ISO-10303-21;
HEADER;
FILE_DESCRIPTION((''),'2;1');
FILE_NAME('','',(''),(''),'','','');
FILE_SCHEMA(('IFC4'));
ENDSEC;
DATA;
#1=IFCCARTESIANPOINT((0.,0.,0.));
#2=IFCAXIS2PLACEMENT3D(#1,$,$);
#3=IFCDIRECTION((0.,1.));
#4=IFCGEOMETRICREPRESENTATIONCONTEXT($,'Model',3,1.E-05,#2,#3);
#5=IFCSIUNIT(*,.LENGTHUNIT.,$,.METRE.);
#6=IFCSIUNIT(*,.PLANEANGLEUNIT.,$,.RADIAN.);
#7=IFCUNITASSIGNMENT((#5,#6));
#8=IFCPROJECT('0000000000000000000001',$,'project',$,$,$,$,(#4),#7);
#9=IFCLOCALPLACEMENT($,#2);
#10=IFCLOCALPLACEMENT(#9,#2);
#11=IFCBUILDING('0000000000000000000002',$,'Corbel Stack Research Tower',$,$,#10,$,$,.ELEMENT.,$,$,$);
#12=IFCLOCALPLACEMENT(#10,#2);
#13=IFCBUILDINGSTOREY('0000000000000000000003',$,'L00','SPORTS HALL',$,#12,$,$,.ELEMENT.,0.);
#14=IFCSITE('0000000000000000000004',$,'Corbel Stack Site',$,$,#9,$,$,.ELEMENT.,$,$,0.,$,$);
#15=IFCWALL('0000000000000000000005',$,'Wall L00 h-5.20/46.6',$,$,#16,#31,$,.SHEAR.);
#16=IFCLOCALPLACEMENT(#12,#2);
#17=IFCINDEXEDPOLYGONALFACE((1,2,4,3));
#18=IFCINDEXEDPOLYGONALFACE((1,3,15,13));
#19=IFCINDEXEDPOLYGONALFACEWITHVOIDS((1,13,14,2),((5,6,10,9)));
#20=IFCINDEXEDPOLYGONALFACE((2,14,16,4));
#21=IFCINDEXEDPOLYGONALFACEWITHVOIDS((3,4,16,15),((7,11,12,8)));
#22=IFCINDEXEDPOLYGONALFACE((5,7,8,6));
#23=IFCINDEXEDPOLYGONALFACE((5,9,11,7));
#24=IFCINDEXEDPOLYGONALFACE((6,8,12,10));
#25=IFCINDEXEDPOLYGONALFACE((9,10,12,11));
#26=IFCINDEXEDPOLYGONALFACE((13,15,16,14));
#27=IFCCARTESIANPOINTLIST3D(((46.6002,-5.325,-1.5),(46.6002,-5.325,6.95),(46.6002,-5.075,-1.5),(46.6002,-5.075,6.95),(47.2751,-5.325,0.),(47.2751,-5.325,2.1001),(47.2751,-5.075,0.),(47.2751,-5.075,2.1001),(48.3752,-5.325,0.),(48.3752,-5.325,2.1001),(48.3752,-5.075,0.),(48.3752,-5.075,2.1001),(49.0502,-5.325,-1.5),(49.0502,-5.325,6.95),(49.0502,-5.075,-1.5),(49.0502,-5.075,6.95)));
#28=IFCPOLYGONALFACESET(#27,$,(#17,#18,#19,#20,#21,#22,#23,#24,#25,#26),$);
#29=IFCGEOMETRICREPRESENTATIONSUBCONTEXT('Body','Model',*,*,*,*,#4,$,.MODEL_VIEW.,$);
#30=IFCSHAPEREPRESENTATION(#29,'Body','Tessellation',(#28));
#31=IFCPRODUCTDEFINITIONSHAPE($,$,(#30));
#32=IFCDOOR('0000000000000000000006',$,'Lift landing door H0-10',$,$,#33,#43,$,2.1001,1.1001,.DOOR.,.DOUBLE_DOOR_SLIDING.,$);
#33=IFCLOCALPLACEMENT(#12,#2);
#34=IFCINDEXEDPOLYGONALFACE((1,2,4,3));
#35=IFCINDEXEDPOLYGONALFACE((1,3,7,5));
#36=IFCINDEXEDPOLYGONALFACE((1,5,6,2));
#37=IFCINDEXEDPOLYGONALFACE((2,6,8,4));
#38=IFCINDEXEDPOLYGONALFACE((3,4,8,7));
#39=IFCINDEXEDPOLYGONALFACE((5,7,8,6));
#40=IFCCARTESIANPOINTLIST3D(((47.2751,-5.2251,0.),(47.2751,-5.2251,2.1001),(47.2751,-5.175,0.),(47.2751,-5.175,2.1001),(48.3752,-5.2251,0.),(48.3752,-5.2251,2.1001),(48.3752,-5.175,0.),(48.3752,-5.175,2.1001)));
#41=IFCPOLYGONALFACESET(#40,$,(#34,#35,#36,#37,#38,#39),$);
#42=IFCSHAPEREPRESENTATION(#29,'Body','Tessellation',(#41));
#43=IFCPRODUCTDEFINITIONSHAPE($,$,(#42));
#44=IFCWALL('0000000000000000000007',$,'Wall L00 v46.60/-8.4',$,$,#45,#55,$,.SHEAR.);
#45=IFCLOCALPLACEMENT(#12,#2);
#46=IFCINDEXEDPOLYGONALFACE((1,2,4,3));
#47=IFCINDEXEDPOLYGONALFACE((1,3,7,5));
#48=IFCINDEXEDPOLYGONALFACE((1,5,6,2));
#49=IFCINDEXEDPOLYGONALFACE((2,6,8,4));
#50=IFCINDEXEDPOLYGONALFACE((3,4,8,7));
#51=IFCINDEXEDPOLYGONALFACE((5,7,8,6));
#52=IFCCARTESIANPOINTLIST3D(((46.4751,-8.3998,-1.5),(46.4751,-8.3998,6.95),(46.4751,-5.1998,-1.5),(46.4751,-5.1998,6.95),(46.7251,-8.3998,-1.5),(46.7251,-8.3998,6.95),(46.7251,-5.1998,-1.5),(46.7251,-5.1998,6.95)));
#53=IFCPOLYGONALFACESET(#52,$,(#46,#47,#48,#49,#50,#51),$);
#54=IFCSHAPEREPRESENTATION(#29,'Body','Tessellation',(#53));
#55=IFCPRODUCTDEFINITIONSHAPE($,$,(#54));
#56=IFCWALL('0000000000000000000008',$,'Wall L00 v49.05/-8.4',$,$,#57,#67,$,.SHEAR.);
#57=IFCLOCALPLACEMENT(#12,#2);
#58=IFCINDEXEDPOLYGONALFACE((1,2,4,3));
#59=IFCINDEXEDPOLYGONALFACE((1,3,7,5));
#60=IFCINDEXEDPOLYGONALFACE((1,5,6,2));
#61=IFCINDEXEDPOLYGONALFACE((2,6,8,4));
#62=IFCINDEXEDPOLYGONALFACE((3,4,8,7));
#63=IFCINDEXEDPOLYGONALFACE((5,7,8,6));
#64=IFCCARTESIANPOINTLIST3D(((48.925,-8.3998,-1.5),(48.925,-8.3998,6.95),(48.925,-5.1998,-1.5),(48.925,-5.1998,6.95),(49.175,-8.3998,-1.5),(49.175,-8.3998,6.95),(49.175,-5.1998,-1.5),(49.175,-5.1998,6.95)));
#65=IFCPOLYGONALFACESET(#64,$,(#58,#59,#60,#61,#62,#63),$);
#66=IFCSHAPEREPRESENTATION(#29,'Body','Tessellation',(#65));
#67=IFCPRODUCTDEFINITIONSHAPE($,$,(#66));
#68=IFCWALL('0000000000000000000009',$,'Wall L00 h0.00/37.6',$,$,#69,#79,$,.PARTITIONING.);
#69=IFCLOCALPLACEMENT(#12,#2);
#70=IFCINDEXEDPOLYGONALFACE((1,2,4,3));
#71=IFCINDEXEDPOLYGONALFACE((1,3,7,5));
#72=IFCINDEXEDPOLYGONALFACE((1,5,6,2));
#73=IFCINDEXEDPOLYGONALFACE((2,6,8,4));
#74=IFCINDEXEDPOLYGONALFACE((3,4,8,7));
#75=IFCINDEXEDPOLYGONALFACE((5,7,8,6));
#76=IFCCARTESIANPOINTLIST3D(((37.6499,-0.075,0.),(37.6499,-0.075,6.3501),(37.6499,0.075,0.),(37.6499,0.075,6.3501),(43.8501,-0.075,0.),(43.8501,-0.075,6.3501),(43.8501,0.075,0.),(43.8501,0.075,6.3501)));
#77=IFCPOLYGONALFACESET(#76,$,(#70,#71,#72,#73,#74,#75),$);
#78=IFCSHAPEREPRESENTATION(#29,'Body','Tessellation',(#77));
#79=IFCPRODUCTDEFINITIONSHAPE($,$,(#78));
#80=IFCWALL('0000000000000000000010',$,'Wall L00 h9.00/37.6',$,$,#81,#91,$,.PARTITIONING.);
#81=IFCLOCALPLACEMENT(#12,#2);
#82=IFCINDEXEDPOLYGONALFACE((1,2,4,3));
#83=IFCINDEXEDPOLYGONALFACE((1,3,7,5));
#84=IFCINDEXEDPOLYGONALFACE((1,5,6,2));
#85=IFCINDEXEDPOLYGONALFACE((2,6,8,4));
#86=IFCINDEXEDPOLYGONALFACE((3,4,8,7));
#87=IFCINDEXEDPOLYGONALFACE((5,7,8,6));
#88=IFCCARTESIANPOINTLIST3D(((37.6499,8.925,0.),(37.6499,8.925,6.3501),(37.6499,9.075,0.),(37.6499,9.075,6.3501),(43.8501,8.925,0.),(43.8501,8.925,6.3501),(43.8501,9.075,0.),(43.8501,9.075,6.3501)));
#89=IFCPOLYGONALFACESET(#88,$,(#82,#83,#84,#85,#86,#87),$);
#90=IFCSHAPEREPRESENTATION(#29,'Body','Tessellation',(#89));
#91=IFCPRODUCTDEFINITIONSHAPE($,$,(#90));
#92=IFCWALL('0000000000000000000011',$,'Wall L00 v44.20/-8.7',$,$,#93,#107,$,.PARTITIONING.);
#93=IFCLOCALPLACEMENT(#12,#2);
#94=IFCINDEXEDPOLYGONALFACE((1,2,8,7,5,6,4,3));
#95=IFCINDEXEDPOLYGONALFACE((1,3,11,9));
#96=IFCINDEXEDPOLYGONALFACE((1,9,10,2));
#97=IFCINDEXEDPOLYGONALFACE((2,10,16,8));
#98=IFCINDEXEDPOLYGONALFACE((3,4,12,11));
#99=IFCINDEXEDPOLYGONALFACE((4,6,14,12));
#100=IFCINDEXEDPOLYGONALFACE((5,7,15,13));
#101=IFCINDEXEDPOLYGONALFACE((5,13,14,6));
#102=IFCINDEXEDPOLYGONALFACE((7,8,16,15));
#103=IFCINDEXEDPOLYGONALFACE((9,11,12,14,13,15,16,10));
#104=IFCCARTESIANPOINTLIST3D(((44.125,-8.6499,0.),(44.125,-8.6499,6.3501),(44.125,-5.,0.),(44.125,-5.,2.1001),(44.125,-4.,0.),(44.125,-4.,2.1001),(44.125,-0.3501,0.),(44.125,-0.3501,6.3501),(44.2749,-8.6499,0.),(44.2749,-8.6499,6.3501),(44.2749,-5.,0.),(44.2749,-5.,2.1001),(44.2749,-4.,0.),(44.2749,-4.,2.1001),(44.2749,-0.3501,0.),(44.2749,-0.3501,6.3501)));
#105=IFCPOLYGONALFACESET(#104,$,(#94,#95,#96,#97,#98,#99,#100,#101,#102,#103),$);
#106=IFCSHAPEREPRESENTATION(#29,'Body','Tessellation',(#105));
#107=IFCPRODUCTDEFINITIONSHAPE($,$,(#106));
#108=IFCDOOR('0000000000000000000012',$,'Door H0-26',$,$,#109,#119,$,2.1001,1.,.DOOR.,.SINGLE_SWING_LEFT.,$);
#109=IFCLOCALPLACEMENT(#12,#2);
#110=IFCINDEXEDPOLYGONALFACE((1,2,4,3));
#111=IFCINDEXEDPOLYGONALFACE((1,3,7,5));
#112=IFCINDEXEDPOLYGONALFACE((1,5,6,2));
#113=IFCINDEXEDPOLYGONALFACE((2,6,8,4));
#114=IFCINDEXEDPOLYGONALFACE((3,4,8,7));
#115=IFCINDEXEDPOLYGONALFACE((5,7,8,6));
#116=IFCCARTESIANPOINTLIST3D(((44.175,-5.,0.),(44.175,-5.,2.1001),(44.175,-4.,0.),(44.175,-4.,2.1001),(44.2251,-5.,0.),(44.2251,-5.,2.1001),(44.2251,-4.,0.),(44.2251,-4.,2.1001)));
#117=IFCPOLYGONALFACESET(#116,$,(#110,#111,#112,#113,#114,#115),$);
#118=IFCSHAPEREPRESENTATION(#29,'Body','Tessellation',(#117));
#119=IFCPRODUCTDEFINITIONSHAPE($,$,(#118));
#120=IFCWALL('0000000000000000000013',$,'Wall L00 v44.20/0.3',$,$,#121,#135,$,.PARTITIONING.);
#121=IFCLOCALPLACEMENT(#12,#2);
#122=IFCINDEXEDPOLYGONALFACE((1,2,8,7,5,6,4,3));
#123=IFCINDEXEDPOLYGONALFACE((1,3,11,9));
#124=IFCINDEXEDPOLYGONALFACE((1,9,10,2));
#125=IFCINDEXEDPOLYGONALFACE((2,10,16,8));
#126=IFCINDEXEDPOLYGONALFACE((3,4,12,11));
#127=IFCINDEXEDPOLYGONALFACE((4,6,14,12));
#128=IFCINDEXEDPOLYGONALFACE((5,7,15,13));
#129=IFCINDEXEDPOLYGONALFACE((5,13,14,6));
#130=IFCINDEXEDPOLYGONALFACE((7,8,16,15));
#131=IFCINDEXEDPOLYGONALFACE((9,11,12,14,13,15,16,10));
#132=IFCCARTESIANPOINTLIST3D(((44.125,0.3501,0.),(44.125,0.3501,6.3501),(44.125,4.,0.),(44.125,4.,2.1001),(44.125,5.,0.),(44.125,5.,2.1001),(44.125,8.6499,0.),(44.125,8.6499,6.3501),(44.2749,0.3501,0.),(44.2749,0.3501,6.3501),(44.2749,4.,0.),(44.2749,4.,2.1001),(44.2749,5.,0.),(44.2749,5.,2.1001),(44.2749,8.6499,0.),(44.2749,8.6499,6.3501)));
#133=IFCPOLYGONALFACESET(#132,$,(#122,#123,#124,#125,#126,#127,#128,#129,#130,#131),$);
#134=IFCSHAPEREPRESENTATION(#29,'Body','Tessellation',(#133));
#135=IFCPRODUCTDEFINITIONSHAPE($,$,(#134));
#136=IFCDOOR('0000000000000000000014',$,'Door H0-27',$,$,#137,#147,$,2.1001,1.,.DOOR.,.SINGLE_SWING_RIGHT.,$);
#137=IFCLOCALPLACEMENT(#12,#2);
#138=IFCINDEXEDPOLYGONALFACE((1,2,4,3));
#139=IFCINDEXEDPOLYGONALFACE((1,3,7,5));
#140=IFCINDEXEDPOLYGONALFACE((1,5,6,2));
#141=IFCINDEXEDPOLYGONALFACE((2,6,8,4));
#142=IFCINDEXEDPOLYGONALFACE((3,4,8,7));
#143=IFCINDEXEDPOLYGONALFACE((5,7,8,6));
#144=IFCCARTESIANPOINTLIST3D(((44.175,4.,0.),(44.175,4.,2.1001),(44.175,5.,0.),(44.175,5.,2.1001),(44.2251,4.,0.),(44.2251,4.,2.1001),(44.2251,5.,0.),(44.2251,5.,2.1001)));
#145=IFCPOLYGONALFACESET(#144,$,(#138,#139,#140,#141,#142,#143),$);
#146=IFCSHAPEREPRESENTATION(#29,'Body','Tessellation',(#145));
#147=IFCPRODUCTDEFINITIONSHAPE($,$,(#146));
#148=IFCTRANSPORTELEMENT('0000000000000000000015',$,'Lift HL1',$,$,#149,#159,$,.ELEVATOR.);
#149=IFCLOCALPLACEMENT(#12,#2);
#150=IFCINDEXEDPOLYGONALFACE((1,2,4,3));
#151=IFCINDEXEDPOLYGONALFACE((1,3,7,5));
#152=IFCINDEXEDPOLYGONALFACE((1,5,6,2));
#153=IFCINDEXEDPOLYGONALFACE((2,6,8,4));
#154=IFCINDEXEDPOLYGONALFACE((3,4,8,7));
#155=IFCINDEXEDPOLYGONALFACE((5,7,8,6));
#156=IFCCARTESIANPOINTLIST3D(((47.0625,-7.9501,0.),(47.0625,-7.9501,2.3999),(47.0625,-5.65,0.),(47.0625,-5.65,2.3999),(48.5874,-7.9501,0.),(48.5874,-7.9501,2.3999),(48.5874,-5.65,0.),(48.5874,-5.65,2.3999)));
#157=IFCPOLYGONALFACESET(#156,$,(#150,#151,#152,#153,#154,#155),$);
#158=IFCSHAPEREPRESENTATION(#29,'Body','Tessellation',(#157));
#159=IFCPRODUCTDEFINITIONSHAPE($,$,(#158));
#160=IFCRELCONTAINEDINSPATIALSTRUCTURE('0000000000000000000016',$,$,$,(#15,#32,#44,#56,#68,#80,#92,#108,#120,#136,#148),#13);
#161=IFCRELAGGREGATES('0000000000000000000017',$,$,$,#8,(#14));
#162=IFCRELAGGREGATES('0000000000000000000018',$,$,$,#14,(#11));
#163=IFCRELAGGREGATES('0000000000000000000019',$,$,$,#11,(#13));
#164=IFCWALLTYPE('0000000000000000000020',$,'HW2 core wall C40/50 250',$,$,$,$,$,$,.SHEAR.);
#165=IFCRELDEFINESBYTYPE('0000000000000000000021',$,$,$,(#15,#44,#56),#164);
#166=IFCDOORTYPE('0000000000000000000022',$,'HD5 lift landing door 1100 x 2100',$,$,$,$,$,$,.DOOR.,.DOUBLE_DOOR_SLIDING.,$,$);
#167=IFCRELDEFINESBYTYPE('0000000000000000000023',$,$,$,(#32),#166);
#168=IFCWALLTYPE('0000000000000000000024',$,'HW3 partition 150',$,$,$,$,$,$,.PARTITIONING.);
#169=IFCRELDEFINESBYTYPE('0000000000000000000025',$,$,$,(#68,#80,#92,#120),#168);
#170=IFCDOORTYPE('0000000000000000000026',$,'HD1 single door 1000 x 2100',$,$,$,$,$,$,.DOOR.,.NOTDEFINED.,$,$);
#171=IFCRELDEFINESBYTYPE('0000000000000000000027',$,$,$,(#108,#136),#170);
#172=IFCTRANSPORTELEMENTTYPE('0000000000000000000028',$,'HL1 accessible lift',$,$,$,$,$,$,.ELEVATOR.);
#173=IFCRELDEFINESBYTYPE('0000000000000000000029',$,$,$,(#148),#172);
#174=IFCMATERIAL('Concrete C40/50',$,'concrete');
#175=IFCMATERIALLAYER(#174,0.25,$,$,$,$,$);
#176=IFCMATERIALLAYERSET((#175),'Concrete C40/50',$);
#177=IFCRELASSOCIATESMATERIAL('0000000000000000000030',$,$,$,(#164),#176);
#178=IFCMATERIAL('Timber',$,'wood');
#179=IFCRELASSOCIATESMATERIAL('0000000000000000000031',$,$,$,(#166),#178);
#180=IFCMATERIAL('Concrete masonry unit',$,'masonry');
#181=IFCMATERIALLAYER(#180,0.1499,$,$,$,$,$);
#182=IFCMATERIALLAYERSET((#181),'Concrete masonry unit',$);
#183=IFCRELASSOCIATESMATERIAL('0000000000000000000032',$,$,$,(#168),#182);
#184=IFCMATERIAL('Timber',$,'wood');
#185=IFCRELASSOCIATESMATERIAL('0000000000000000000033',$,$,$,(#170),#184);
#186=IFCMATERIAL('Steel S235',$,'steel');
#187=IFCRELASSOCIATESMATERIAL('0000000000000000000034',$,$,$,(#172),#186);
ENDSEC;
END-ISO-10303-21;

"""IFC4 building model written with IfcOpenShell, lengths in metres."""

from ifc_helpers import new_model, si_unit, direction, frame, frame_2d, origin, origin_2d, place, context, subcontext, project, spatial, rectangle, extrude, material, layer, layer_set, type_object, element, fill, save


model = new_model("IFC4")

# Units and contexts
model_context = context("Model", 3, precision=1e-05, world=origin(), true_north=direction((0.0, 1.0)))
body_context = subcontext(model_context, "Body", "Model", "MODEL_VIEW")
ifc_project = project(units=[si_unit("LENGTHUNIT", "METRE"), si_unit("PLANEANGLEUNIT", "RADIAN")], contexts=[model_context])

# Site, building, storey
site_placement = place(None, origin())
site = spatial("IfcSite", under=ifc_project, at=site_placement, Name="Corbel Stack Site", CompositionType="ELEMENT", RefElevation=0.0)
building_placement = place(site_placement, origin())
building = spatial("IfcBuilding", under=site, at=building_placement, Name="Corbel Stack Research Tower", CompositionType="ELEMENT")
storey_placement = place(building_placement, origin())
storey = spatial("IfcBuildingStorey", under=building, at=storey_placement, Name="L00", Description="SPORTS HALL", CompositionType="ELEMENT", Elevation=0.0)

# Shared definitions
ifc_material_1 = material(Name="Concrete C40/50", Category="concrete")
ifc_layer_1 = layer(ifc_material_1, 0.25)
ifc_layer_set_1 = layer_set([ifc_layer_1], Name="Concrete C40/50")
wall_type_1 = type_object("IfcWallType", Name="HW2 core wall C40/50 250", PredefinedType="SHEAR", material=ifc_layer_set_1)

# Wall, opening, door
wall_1_placement = place(storey_placement, frame((46.6001, -5.2, -1.5), z_axis=(0.0, 0.0, 1.0), x_axis=(1.0, 0.0, 0.0)))
wall_1 = element("IfcWall", 1, at=wall_1_placement, inside=storey, type_object=wall_type_1, Name="Wall L00 h-5.20/46.6", PredefinedType="SHEAR", context=body_context, shape_type="SweptSolid", body=[
    extrude(rectangle(XDim=2.45, YDim=0.25, at=frame_2d((1.2251, 0.0))), origin(), (0.0, 0.0, 1.0), 8.45),
])
opening_1_placement = place(wall_1_placement, frame((0.675, 0.0, 1.5)))
opening_1 = element("IfcOpeningElement", 2, at=opening_1_placement, cuts=wall_1, PredefinedType="OPENING", context=body_context, shape_type="SweptSolid", body=[
    extrude(rectangle(XDim=1.1001, YDim=2.1001, at=frame_2d((0.55, 1.05))), frame((0.0, 0.135, 0.0), z_axis=(0.0, -1.0, 0.0), x_axis=(1.0, 0.0, 0.0)), (0.0, 0.0, 1.0), 0.27),
])
ifc_material_2 = material(Name="Timber", Category="wood")
door_type_1 = type_object("IfcDoorType", Name="HD5 lift landing door 1100 x 2100", OperationType="DOUBLE_DOOR_SLIDING", PredefinedType="DOOR", material=ifc_material_2)
door_1_placement = place(opening_1_placement, origin())
door_1 = element("IfcDoor", 3, at=door_1_placement, inside=storey, type_object=door_type_1, Name="Lift landing door H0-10", OperationType="DOUBLE_DOOR_SLIDING", OverallHeight=2.1001, OverallWidth=1.1001, PredefinedType="DOOR", context=body_context, shape_type="SweptSolid", body=[
    extrude(rectangle(XDim=1.1001, YDim=2.1001, at=frame_2d((0.55, 1.05))), frame((0.0, 0.0249, 0.0), z_axis=(0.0, -1.0, 0.0), x_axis=(1.0, 0.0, 0.0)), (0.0, 0.0, 1.0), 0.05),
])
fill(opening_1, door_1)

# Walls
for number, where, z_axis, x_axis, name in (
    (4, (46.6001, -8.3999, -1.5), (0.0, 0.0, 1.0), (0.0, 1.0, 0.0), "Wall L00 v46.60/-8.4"),
    (5, (49.05, -8.3999, -1.5), (0.0, 0.0, 1.0), (0.0, 1.0, 0.0), "Wall L00 v49.05/-8.4"),
):
    element("IfcWall", number, at=place(storey_placement, frame(where, z_axis=z_axis, x_axis=x_axis)), inside=storey, type_object=wall_type_1, Name=name, PredefinedType="SHEAR", context=body_context, shape_type="SweptSolid", body=[
        extrude(rectangle(XDim=3.2, YDim=0.25, at=frame_2d((1.6001, 0.0))), origin(), (0.0, 0.0, 1.0), 8.45),
    ])
ifc_material_3 = material(Name="Concrete masonry unit", Category="masonry")
ifc_layer_2 = layer(ifc_material_3, 0.1499)
ifc_layer_set_2 = layer_set([ifc_layer_2], Name="Concrete masonry unit")
wall_type_2 = type_object("IfcWallType", Name="HW3 partition 150", PredefinedType="PARTITIONING", material=ifc_layer_set_2)
for number, where, z_axis, x_axis, name in (
    (6, (37.6499, 0.0, 0.0), (0.0, 0.0, 1.0), (1.0, 0.0, 0.0), "Wall L00 h0.00/37.6"),
    (7, (37.6499, 9.0, 0.0), (0.0, 0.0, 1.0), (1.0, 0.0, 0.0), "Wall L00 h9.00/37.6"),
):
    element("IfcWall", number, at=place(storey_placement, frame(where, z_axis=z_axis, x_axis=x_axis)), inside=storey, type_object=wall_type_2, Name=name, PredefinedType="PARTITIONING", context=body_context, shape_type="SweptSolid", body=[
        extrude(rectangle(XDim=6.2002, YDim=0.1499, at=frame_2d((3.1001, 0.0))), origin(), (0.0, 0.0, 1.0), 6.3501),
    ])

# Walls, openings, doors
wall_2_placement = place(storey_placement, frame((44.2, -8.6499, 0.0), z_axis=(0.0, 0.0, 1.0), x_axis=(0.0, 1.0, 0.0)))
wall_2 = element("IfcWall", 8, at=wall_2_placement, inside=storey, type_object=wall_type_2, Name="Wall L00 v44.20/-8.7", PredefinedType="PARTITIONING", context=body_context, shape_type="SweptSolid", body=[
    extrude(rectangle(XDim=8.2998, YDim=0.1499, at=frame_2d((4.1499, 0.0))), origin(), (0.0, 0.0, 1.0), 6.3501),
])
opening_2_placement = place(wall_2_placement, frame((3.6499, 0.0, 0.0)))
opening_2 = element("IfcOpeningElement", 9, at=opening_2_placement, cuts=wall_2, PredefinedType="OPENING", context=body_context, shape_type="SweptSolid", body=[
    extrude(rectangle(XDim=1.0, YDim=2.1001, at=frame_2d((0.5, 1.05))), frame((0.0, 0.085, 0.0), z_axis=(0.0, -1.0, 0.0), x_axis=(1.0, 0.0, 0.0)), (0.0, 0.0, 1.0), 0.1699),
])
ifc_material_4 = material(Name="Timber", Category="wood")
door_type_2 = type_object("IfcDoorType", Name="HD1 single door 1000 x 2100", OperationType="NOTDEFINED", PredefinedType="DOOR", material=ifc_material_4)
door_2_placement = place(opening_2_placement, origin())
door_2 = element("IfcDoor", 10, at=door_2_placement, inside=storey, type_object=door_type_2, Name="Door H0-26", OperationType="SINGLE_SWING_LEFT", OverallHeight=2.1001, OverallWidth=1.0, PredefinedType="DOOR", context=body_context, shape_type="SweptSolid", body=[
    extrude(rectangle(XDim=1.0, YDim=2.1001, at=frame_2d((0.5, 1.05))), frame((0.0, 0.0249, 0.0), z_axis=(0.0, -1.0, 0.0), x_axis=(1.0, 0.0, 0.0)), (0.0, 0.0, 1.0), 0.05),
])
fill(opening_2, door_2)
wall_3_placement = place(storey_placement, frame((44.2, 0.3501, 0.0), z_axis=(0.0, 0.0, 1.0), x_axis=(0.0, 1.0, 0.0)))
wall_3 = element("IfcWall", 11, at=wall_3_placement, inside=storey, type_object=wall_type_2, Name="Wall L00 v44.20/0.3", PredefinedType="PARTITIONING", context=body_context, shape_type="SweptSolid", body=[
    extrude(rectangle(XDim=8.2998, YDim=0.1499, at=frame_2d((4.1499, 0.0))), origin(), (0.0, 0.0, 1.0), 6.3501),
])
opening_3_placement = place(wall_3_placement, frame((3.6499, 0.0, 0.0)))
opening_3 = element("IfcOpeningElement", 12, at=opening_3_placement, cuts=wall_3, PredefinedType="OPENING", context=body_context, shape_type="SweptSolid", body=[
    extrude(rectangle(XDim=1.0, YDim=2.1001, at=frame_2d((0.5, 1.05))), frame((0.0, 0.085, 0.0), z_axis=(0.0, -1.0, 0.0), x_axis=(1.0, 0.0, 0.0)), (0.0, 0.0, 1.0), 0.1699),
])
door_3_placement = place(opening_3_placement, origin())
door_3 = element("IfcDoor", 13, at=door_3_placement, inside=storey, type_object=door_type_2, Name="Door H0-27", OperationType="SINGLE_SWING_RIGHT", OverallHeight=2.1001, OverallWidth=1.0, PredefinedType="DOOR", context=body_context, shape_type="SweptSolid", body=[
    extrude(rectangle(XDim=1.0, YDim=2.1001, at=frame_2d((0.5, 1.05))), frame((0.0, 0.0249, 0.0), z_axis=(0.0, -1.0, 0.0), x_axis=(1.0, 0.0, 0.0)), (0.0, 0.0, 1.0), 0.05),
])
fill(opening_3, door_3)

# Transport element
ifc_material_5 = material(Name="Steel S235", Category="steel")
transport_element_type = type_object("IfcTransportElementType", Name="HL1 accessible lift", PredefinedType="ELEVATOR", material=ifc_material_5)
transport_element_placement = place(storey_placement, frame((47.825, -6.8, 0.0), z_axis=(0.0, 0.0, 1.0), x_axis=(1.0, 0.0, 0.0)))
element("IfcTransportElement", 14, at=transport_element_placement, inside=storey, type_object=transport_element_type, Name="Lift HL1", PredefinedType="ELEVATOR", context=body_context, shape_type="SweptSolid", body=[
    extrude(rectangle(XDim=1.5249, YDim=2.3, at=origin_2d()), origin(), (0.0, 0.0, 1.0), 2.3999),
])

save(model, "model.ifc")
